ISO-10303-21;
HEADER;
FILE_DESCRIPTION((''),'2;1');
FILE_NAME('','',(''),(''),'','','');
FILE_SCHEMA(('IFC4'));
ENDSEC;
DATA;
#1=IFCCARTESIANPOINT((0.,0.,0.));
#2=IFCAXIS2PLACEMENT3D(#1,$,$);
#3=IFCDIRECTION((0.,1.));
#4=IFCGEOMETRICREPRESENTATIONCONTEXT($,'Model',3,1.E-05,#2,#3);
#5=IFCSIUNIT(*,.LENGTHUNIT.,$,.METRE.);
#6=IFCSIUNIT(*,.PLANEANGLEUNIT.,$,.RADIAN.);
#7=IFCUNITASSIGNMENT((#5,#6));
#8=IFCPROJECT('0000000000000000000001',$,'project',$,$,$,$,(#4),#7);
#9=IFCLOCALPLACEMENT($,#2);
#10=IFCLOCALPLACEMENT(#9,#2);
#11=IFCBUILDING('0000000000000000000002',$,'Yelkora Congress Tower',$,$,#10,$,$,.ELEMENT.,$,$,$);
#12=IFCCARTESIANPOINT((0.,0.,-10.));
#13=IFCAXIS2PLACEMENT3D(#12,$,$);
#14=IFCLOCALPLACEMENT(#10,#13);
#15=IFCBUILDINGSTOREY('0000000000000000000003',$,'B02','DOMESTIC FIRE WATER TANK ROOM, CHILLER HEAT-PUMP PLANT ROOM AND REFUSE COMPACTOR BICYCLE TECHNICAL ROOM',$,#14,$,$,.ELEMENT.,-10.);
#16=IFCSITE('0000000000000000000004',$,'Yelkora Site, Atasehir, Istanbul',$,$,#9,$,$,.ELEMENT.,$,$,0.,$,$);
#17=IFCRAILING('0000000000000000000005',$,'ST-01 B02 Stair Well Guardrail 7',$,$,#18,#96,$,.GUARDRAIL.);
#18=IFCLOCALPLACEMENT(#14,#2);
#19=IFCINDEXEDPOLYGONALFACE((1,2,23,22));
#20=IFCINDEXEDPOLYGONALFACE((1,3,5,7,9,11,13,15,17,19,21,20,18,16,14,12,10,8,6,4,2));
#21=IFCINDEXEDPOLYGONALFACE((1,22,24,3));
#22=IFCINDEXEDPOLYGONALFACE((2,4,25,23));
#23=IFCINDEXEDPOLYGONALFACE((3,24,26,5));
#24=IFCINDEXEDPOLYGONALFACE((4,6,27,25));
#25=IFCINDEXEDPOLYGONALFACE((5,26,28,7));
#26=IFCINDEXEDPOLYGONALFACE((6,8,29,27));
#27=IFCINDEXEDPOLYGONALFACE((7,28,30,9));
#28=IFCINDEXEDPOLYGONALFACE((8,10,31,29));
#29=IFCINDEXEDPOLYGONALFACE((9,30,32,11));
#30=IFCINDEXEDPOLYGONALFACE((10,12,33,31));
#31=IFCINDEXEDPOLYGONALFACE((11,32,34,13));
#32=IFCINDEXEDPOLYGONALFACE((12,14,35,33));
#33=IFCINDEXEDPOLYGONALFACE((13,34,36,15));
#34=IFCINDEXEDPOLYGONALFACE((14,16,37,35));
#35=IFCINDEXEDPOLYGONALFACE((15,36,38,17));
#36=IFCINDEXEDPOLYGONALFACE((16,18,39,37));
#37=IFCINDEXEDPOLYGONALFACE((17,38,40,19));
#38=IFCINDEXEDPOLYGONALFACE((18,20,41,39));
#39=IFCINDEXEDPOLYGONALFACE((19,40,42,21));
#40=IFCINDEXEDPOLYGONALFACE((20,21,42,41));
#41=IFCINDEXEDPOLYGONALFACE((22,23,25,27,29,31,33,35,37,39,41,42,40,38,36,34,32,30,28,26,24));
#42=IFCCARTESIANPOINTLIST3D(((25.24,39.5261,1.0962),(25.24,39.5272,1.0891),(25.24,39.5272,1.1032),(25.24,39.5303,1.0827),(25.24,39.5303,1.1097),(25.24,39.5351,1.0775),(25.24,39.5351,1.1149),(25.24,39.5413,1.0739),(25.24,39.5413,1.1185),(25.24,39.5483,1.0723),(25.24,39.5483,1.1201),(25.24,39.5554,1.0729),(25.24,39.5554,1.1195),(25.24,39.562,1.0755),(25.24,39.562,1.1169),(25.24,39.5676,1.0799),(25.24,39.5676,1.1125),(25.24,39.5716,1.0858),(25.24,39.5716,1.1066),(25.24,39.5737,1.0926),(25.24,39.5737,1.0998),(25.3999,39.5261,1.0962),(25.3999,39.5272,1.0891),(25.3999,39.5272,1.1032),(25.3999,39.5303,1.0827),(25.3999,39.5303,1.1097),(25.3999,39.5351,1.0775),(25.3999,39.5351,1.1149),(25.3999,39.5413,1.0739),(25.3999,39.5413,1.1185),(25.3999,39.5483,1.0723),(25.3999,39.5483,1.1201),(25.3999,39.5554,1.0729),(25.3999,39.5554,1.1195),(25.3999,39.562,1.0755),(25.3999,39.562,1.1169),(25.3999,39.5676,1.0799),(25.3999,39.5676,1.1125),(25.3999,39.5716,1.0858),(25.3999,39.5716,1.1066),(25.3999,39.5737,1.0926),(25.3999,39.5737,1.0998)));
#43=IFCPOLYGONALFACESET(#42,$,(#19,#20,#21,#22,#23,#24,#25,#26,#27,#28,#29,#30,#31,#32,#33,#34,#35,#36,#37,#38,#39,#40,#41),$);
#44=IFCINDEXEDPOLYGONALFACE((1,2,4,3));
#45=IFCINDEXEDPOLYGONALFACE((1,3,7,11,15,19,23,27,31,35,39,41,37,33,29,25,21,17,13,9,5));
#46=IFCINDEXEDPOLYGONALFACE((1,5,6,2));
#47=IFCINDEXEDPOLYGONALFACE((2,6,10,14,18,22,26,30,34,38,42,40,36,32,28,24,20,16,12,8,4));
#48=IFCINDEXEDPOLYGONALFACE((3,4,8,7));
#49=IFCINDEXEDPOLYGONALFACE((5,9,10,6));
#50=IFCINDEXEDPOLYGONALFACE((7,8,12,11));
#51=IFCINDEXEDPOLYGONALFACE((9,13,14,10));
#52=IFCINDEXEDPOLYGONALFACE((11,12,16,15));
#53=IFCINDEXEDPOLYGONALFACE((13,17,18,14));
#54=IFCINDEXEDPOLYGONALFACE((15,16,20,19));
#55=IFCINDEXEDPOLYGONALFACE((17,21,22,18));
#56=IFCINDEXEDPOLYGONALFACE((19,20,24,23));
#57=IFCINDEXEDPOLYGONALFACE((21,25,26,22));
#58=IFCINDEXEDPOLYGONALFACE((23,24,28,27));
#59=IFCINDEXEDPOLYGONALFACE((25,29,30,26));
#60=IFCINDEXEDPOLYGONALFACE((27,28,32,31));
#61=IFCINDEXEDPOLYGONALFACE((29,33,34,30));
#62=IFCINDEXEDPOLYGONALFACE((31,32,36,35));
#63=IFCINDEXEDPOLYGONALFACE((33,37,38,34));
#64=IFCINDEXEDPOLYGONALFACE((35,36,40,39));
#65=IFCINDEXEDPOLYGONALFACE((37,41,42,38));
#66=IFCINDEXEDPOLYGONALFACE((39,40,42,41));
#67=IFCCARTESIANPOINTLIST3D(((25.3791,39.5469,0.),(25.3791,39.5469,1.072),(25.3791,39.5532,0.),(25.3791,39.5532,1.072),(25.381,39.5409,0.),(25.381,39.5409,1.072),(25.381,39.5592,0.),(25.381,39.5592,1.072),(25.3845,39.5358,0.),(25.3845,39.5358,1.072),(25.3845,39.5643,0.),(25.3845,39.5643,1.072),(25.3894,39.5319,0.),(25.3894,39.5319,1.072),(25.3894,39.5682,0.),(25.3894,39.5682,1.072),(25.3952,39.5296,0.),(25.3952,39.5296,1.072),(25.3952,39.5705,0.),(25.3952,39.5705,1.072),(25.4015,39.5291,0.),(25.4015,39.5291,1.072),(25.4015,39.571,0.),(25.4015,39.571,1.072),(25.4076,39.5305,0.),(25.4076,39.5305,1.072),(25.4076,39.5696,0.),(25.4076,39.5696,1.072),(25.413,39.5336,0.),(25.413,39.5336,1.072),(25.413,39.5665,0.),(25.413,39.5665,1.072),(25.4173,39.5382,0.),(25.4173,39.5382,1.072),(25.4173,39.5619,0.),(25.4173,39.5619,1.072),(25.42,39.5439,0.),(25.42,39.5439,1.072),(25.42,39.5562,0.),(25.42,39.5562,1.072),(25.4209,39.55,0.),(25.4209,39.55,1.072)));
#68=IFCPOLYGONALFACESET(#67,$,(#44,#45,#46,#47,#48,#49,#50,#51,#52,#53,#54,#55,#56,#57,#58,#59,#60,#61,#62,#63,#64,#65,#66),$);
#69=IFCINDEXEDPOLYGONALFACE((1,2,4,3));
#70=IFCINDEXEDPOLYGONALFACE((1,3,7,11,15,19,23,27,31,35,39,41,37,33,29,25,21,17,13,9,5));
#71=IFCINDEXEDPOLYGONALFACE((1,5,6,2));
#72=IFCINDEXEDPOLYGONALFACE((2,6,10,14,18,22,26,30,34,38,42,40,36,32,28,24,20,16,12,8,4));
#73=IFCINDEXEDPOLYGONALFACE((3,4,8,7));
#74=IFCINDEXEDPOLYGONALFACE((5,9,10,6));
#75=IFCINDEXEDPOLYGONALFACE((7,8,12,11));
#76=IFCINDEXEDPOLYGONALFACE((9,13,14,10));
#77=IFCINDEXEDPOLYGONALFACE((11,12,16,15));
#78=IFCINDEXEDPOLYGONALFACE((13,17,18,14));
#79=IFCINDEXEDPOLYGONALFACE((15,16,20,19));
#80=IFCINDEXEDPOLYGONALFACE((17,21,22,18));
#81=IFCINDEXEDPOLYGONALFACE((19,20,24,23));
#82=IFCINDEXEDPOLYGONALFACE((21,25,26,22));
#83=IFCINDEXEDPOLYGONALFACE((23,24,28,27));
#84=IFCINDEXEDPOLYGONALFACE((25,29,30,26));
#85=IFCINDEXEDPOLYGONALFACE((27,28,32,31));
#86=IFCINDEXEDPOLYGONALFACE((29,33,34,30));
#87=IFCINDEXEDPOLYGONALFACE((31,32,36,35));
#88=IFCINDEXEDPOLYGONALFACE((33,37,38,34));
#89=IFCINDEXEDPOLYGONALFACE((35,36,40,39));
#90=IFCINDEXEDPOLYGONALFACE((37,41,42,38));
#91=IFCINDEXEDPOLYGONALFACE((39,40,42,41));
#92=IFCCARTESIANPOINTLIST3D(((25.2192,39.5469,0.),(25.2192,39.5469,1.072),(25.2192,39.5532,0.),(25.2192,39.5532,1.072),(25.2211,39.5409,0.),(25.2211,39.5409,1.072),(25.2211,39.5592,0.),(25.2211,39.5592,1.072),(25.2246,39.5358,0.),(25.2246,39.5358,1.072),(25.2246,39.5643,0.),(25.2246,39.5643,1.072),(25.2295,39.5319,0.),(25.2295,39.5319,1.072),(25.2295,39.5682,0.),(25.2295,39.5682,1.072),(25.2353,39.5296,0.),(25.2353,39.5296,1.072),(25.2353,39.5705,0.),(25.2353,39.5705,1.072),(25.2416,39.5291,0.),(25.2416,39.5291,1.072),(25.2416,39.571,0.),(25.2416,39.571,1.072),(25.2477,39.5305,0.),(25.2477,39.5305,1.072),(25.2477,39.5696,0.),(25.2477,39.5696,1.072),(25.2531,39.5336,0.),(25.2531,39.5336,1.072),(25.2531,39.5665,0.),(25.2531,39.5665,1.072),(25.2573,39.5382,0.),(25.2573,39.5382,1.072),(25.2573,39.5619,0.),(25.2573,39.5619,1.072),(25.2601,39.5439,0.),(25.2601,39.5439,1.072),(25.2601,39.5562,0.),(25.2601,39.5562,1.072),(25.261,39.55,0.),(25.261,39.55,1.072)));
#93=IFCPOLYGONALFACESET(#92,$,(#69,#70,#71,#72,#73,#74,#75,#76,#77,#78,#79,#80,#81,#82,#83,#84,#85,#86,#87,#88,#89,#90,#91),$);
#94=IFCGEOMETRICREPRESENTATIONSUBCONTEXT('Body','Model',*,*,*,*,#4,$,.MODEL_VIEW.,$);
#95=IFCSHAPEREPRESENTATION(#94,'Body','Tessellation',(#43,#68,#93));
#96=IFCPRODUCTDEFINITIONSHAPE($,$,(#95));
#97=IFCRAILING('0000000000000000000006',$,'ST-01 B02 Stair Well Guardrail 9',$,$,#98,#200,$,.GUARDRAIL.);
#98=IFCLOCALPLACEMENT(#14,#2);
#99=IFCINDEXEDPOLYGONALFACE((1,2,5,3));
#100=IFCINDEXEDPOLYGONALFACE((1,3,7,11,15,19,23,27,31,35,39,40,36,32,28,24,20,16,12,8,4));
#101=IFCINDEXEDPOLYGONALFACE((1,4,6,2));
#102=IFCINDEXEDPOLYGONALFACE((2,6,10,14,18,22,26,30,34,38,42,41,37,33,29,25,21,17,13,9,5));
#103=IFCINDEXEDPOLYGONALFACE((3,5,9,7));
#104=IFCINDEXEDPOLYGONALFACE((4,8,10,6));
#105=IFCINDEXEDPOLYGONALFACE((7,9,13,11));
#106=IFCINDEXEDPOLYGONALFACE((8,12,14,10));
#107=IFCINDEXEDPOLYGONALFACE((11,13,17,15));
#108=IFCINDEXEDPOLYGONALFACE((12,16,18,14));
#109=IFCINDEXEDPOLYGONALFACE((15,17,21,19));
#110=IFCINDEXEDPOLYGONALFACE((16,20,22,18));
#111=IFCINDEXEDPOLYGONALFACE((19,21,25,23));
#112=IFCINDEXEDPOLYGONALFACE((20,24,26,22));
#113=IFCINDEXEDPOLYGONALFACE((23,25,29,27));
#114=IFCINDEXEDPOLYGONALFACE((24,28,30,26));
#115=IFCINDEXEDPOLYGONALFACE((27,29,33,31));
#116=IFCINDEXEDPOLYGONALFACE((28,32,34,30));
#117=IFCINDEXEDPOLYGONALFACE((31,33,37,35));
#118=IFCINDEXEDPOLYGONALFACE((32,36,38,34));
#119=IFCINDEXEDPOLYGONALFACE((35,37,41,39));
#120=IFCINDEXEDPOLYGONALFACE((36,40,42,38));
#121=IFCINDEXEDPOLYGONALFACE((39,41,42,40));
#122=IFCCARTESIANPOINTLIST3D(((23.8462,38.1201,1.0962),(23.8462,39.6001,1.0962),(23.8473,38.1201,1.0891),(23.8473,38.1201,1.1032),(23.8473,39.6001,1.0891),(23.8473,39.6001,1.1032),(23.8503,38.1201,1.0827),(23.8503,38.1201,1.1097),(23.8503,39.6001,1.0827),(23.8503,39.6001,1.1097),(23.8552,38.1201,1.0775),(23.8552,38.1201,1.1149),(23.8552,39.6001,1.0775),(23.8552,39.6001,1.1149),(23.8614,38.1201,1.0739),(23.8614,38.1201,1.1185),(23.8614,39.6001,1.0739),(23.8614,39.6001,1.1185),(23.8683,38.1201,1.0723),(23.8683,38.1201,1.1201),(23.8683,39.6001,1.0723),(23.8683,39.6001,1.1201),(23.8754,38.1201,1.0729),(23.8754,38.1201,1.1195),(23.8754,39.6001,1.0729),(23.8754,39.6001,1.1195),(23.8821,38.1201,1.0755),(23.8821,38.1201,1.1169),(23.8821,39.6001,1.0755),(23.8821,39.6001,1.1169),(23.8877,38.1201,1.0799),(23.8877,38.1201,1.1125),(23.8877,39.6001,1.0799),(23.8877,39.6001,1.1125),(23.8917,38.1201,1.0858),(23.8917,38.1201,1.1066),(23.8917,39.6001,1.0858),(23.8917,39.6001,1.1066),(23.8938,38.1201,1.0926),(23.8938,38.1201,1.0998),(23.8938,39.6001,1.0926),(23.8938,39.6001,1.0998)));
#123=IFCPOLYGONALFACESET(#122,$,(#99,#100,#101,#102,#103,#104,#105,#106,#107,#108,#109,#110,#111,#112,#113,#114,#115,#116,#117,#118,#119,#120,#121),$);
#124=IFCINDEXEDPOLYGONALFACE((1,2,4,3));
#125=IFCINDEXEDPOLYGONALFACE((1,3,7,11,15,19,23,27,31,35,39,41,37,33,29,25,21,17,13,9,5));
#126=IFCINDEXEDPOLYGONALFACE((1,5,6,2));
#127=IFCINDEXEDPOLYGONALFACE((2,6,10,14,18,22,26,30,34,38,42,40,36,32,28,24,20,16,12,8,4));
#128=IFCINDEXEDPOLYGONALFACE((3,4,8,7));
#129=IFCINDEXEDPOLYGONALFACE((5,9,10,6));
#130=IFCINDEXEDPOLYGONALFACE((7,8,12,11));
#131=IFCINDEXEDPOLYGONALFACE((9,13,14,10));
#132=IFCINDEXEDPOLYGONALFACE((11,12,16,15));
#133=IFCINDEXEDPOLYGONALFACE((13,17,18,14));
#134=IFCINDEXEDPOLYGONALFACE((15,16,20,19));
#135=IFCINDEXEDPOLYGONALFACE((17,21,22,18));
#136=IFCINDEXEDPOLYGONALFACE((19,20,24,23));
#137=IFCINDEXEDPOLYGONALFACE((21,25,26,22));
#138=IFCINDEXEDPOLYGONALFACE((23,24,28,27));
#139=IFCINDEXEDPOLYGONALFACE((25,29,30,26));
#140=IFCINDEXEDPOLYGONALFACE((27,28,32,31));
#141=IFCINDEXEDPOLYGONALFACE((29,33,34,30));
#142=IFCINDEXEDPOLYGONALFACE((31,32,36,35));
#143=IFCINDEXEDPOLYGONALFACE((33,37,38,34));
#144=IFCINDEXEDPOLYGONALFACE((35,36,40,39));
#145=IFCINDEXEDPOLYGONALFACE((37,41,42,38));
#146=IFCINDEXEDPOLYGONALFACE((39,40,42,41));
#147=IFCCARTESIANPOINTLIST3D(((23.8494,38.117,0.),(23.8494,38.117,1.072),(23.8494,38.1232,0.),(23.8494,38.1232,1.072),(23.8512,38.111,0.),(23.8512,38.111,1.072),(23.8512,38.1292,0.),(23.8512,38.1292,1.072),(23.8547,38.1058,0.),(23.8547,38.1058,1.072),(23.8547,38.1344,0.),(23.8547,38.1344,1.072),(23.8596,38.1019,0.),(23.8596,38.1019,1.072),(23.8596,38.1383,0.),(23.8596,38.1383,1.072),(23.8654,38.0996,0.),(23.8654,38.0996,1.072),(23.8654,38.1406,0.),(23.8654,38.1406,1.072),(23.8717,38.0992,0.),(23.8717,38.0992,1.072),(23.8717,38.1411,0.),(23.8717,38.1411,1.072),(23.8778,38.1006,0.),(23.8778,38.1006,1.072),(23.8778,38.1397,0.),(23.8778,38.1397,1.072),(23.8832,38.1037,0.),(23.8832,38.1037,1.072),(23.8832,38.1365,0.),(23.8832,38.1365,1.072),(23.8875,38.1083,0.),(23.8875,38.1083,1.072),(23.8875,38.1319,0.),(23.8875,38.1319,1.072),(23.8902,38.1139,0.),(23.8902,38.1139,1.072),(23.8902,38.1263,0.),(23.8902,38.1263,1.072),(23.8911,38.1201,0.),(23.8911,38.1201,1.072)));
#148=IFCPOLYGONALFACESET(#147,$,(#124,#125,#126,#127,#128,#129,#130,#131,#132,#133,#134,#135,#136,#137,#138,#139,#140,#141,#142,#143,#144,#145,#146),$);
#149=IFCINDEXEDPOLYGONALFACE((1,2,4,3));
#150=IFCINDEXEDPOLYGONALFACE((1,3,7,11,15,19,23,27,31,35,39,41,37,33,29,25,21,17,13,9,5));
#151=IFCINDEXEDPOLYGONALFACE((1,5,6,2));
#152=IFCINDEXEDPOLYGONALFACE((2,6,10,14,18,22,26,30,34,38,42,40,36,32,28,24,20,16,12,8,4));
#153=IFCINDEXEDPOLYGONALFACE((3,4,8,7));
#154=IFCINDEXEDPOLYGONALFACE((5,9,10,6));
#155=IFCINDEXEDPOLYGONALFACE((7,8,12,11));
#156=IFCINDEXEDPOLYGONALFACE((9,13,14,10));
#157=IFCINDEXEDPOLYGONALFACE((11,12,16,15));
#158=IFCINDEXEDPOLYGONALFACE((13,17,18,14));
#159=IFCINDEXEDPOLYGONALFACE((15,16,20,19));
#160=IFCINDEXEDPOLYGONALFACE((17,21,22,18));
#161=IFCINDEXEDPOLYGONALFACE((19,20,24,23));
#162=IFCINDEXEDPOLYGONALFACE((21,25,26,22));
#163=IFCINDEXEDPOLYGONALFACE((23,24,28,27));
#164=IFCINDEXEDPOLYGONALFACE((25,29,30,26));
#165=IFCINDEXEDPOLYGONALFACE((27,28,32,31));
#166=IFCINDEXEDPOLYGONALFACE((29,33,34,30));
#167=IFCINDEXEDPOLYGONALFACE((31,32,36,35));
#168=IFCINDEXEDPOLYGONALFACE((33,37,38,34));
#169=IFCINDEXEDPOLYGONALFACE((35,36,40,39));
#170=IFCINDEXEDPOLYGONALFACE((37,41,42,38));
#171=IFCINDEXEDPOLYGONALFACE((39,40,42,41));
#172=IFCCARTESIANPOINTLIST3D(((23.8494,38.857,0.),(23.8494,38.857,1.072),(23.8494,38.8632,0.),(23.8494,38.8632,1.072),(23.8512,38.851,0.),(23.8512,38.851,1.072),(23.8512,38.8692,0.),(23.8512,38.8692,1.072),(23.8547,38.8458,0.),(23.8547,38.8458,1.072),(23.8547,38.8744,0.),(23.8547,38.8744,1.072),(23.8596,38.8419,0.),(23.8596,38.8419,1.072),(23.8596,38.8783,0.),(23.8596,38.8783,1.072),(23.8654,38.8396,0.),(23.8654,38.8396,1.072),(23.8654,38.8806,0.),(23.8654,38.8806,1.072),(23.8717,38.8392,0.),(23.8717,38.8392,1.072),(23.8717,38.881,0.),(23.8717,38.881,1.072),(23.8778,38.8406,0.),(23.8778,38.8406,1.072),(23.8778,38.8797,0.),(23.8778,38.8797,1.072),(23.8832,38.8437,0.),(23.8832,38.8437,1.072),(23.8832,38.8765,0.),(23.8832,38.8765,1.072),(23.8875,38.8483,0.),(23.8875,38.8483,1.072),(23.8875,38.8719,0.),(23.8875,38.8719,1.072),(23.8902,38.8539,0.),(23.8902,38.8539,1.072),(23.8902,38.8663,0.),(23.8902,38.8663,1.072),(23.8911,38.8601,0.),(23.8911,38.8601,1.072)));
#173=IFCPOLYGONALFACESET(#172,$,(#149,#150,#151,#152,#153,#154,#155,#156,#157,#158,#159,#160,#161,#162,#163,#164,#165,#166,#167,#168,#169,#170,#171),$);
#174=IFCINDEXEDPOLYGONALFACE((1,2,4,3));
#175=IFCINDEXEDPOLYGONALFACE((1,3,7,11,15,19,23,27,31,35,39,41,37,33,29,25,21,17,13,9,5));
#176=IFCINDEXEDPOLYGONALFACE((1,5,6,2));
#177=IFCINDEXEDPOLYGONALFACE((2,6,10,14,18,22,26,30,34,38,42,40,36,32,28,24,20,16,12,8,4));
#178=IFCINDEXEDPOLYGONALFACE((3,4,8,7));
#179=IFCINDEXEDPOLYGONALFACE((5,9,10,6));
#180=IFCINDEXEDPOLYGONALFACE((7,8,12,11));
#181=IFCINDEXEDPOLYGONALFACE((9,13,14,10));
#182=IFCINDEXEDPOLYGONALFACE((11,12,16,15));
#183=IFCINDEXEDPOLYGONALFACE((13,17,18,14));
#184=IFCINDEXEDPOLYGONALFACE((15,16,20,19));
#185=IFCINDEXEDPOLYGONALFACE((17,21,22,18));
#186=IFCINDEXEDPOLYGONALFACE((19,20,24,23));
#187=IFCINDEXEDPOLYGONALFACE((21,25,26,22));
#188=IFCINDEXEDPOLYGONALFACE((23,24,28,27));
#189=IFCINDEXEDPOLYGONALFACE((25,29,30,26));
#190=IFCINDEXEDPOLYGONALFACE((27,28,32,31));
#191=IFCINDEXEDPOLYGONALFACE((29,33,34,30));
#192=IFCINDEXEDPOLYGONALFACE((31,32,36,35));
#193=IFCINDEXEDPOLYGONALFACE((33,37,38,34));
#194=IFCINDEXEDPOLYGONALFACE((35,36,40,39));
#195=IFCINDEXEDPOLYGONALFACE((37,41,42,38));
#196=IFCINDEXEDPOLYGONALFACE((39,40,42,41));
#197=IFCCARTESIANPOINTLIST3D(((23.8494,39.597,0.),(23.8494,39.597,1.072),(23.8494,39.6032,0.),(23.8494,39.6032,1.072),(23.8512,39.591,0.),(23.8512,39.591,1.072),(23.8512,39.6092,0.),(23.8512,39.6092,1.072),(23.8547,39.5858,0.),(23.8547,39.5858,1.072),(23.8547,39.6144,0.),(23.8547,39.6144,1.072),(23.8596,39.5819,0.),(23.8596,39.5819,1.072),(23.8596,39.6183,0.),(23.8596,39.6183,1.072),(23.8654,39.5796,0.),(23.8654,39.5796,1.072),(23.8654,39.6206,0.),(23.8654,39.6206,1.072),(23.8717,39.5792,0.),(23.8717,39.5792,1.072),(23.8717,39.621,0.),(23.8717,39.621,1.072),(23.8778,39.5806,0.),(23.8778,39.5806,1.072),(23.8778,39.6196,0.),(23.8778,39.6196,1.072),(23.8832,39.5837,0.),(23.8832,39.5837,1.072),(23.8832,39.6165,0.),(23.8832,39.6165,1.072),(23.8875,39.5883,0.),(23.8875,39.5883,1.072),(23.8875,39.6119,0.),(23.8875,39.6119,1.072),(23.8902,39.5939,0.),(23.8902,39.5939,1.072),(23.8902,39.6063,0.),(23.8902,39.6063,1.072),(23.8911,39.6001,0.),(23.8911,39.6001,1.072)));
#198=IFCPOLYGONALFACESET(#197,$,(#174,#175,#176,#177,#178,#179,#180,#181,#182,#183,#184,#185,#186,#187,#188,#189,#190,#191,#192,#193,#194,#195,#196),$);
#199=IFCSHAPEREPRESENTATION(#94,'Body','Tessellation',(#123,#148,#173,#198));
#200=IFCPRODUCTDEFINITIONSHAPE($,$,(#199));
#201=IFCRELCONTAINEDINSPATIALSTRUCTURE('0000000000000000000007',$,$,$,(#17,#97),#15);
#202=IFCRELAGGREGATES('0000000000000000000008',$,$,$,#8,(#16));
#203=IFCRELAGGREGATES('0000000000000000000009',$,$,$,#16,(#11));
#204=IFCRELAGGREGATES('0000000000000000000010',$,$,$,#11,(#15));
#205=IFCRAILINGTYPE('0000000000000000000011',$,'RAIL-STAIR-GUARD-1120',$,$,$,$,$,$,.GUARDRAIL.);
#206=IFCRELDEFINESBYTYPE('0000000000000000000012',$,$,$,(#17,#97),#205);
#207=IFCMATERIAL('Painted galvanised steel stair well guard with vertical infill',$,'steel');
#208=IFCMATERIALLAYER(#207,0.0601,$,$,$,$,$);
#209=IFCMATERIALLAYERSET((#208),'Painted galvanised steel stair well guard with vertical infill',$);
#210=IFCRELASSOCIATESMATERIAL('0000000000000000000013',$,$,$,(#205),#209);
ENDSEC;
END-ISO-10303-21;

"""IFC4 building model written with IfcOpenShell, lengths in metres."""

from ifc_helpers import new_model, si_unit, direction, frame, origin, origin_2d, place, context, subcontext, project, spatial, circle, extrude, material, layer, layer_set, type_object, element, save


model = new_model("IFC4")

# Units and contexts
model_context = context("Model", 3, precision=1e-05, world=origin(), true_north=direction((0.0, 1.0)))
body_context = subcontext(model_context, "Body", "Model", "MODEL_VIEW")
ifc_project = project(units=[si_unit("LENGTHUNIT", "METRE"), si_unit("PLANEANGLEUNIT", "RADIAN")], contexts=[model_context])

# Site, building, storey
site_placement = place(None, origin())
site = spatial("IfcSite", under=ifc_project, at=site_placement, Name="Yelkora Site, Atasehir, Istanbul", CompositionType="ELEMENT", RefElevation=0.0)
building_placement = place(site_placement, origin())
building = spatial("IfcBuilding", under=site, at=building_placement, Name="Yelkora Congress Tower", CompositionType="ELEMENT")
storey_placement = place(building_placement, frame((0.0, 0.0, -10.0)))
storey = spatial("IfcBuildingStorey", under=building, at=storey_placement, Name="B02", Description="DOMESTIC FIRE WATER TANK ROOM, CHILLER HEAT-PUMP PLANT ROOM AND REFUSE COMPACTOR BICYCLE TECHNICAL ROOM", CompositionType="ELEMENT", Elevation=-10.0)

# Railings
ifc_material_1 = material(Name="Painted galvanised steel stair well guard with vertical infill", Category="steel")
ifc_layer_1 = layer(ifc_material_1, 0.0601)
ifc_layer_set_1 = layer_set([ifc_layer_1], Name="Painted galvanised steel stair well guard with vertical infill")
railing_type_1 = type_object("IfcRailingType", Name="RAIL-STAIR-GUARD-1120", PredefinedType="GUARDRAIL", material=ifc_layer_set_1)
railing_1_placement = place(storey_placement, frame((25.3999, 39.55, 0.0)))
element("IfcRailing", 1, at=railing_1_placement, inside=storey, type_object=railing_type_1, Name="ST-01 B02 Stair Well Guardrail 7", PredefinedType="GUARDRAIL", context=body_context, shape_type="SweptSolid", body=[
    extrude(circle(Radius=0.0239, at=origin_2d()), frame((0.0, 0.0, 1.0962), z_axis=(-1.0, 0.0, 0.0), x_axis=(0.0, -1.0, 0.0)), (0.0, 0.0, 1.0), 0.1599),
    extrude(circle(Radius=0.021, at=origin_2d()), origin(), (0.0, 0.0, 1.0), 1.072),
    extrude(circle(Radius=0.021, at=origin_2d()), frame((-0.1599, 0.0, 0.0)), (0.0, 0.0, 1.0), 1.072),
])
railing_2_placement = place(storey_placement, frame((23.8701, 38.1201, 0.0)))
element("IfcRailing", 2, at=railing_2_placement, inside=storey, type_object=railing_type_1, Name="ST-01 B02 Stair Well Guardrail 9", PredefinedType="GUARDRAIL", context=body_context, shape_type="SweptSolid", body=[
    extrude(circle(Radius=0.0239, at=origin_2d()), frame((0.0, 0.0, 1.0962), z_axis=(0.0, 1.0, 0.0), x_axis=(-1.0, 0.0, 0.0)), (0.0, 0.0, 1.0), 1.48),
    extrude(circle(Radius=0.021, at=origin_2d()), origin(), (0.0, 0.0, 1.0), 1.072),
    extrude(circle(Radius=0.021, at=origin_2d()), frame((0.0, 0.74, 0.0)), (0.0, 0.0, 1.0), 1.072),
    extrude(circle(Radius=0.021, at=origin_2d()), frame((0.0, 1.48, 0.0)), (0.0, 0.0, 1.0), 1.072),
])

save(model, "model.ifc")
